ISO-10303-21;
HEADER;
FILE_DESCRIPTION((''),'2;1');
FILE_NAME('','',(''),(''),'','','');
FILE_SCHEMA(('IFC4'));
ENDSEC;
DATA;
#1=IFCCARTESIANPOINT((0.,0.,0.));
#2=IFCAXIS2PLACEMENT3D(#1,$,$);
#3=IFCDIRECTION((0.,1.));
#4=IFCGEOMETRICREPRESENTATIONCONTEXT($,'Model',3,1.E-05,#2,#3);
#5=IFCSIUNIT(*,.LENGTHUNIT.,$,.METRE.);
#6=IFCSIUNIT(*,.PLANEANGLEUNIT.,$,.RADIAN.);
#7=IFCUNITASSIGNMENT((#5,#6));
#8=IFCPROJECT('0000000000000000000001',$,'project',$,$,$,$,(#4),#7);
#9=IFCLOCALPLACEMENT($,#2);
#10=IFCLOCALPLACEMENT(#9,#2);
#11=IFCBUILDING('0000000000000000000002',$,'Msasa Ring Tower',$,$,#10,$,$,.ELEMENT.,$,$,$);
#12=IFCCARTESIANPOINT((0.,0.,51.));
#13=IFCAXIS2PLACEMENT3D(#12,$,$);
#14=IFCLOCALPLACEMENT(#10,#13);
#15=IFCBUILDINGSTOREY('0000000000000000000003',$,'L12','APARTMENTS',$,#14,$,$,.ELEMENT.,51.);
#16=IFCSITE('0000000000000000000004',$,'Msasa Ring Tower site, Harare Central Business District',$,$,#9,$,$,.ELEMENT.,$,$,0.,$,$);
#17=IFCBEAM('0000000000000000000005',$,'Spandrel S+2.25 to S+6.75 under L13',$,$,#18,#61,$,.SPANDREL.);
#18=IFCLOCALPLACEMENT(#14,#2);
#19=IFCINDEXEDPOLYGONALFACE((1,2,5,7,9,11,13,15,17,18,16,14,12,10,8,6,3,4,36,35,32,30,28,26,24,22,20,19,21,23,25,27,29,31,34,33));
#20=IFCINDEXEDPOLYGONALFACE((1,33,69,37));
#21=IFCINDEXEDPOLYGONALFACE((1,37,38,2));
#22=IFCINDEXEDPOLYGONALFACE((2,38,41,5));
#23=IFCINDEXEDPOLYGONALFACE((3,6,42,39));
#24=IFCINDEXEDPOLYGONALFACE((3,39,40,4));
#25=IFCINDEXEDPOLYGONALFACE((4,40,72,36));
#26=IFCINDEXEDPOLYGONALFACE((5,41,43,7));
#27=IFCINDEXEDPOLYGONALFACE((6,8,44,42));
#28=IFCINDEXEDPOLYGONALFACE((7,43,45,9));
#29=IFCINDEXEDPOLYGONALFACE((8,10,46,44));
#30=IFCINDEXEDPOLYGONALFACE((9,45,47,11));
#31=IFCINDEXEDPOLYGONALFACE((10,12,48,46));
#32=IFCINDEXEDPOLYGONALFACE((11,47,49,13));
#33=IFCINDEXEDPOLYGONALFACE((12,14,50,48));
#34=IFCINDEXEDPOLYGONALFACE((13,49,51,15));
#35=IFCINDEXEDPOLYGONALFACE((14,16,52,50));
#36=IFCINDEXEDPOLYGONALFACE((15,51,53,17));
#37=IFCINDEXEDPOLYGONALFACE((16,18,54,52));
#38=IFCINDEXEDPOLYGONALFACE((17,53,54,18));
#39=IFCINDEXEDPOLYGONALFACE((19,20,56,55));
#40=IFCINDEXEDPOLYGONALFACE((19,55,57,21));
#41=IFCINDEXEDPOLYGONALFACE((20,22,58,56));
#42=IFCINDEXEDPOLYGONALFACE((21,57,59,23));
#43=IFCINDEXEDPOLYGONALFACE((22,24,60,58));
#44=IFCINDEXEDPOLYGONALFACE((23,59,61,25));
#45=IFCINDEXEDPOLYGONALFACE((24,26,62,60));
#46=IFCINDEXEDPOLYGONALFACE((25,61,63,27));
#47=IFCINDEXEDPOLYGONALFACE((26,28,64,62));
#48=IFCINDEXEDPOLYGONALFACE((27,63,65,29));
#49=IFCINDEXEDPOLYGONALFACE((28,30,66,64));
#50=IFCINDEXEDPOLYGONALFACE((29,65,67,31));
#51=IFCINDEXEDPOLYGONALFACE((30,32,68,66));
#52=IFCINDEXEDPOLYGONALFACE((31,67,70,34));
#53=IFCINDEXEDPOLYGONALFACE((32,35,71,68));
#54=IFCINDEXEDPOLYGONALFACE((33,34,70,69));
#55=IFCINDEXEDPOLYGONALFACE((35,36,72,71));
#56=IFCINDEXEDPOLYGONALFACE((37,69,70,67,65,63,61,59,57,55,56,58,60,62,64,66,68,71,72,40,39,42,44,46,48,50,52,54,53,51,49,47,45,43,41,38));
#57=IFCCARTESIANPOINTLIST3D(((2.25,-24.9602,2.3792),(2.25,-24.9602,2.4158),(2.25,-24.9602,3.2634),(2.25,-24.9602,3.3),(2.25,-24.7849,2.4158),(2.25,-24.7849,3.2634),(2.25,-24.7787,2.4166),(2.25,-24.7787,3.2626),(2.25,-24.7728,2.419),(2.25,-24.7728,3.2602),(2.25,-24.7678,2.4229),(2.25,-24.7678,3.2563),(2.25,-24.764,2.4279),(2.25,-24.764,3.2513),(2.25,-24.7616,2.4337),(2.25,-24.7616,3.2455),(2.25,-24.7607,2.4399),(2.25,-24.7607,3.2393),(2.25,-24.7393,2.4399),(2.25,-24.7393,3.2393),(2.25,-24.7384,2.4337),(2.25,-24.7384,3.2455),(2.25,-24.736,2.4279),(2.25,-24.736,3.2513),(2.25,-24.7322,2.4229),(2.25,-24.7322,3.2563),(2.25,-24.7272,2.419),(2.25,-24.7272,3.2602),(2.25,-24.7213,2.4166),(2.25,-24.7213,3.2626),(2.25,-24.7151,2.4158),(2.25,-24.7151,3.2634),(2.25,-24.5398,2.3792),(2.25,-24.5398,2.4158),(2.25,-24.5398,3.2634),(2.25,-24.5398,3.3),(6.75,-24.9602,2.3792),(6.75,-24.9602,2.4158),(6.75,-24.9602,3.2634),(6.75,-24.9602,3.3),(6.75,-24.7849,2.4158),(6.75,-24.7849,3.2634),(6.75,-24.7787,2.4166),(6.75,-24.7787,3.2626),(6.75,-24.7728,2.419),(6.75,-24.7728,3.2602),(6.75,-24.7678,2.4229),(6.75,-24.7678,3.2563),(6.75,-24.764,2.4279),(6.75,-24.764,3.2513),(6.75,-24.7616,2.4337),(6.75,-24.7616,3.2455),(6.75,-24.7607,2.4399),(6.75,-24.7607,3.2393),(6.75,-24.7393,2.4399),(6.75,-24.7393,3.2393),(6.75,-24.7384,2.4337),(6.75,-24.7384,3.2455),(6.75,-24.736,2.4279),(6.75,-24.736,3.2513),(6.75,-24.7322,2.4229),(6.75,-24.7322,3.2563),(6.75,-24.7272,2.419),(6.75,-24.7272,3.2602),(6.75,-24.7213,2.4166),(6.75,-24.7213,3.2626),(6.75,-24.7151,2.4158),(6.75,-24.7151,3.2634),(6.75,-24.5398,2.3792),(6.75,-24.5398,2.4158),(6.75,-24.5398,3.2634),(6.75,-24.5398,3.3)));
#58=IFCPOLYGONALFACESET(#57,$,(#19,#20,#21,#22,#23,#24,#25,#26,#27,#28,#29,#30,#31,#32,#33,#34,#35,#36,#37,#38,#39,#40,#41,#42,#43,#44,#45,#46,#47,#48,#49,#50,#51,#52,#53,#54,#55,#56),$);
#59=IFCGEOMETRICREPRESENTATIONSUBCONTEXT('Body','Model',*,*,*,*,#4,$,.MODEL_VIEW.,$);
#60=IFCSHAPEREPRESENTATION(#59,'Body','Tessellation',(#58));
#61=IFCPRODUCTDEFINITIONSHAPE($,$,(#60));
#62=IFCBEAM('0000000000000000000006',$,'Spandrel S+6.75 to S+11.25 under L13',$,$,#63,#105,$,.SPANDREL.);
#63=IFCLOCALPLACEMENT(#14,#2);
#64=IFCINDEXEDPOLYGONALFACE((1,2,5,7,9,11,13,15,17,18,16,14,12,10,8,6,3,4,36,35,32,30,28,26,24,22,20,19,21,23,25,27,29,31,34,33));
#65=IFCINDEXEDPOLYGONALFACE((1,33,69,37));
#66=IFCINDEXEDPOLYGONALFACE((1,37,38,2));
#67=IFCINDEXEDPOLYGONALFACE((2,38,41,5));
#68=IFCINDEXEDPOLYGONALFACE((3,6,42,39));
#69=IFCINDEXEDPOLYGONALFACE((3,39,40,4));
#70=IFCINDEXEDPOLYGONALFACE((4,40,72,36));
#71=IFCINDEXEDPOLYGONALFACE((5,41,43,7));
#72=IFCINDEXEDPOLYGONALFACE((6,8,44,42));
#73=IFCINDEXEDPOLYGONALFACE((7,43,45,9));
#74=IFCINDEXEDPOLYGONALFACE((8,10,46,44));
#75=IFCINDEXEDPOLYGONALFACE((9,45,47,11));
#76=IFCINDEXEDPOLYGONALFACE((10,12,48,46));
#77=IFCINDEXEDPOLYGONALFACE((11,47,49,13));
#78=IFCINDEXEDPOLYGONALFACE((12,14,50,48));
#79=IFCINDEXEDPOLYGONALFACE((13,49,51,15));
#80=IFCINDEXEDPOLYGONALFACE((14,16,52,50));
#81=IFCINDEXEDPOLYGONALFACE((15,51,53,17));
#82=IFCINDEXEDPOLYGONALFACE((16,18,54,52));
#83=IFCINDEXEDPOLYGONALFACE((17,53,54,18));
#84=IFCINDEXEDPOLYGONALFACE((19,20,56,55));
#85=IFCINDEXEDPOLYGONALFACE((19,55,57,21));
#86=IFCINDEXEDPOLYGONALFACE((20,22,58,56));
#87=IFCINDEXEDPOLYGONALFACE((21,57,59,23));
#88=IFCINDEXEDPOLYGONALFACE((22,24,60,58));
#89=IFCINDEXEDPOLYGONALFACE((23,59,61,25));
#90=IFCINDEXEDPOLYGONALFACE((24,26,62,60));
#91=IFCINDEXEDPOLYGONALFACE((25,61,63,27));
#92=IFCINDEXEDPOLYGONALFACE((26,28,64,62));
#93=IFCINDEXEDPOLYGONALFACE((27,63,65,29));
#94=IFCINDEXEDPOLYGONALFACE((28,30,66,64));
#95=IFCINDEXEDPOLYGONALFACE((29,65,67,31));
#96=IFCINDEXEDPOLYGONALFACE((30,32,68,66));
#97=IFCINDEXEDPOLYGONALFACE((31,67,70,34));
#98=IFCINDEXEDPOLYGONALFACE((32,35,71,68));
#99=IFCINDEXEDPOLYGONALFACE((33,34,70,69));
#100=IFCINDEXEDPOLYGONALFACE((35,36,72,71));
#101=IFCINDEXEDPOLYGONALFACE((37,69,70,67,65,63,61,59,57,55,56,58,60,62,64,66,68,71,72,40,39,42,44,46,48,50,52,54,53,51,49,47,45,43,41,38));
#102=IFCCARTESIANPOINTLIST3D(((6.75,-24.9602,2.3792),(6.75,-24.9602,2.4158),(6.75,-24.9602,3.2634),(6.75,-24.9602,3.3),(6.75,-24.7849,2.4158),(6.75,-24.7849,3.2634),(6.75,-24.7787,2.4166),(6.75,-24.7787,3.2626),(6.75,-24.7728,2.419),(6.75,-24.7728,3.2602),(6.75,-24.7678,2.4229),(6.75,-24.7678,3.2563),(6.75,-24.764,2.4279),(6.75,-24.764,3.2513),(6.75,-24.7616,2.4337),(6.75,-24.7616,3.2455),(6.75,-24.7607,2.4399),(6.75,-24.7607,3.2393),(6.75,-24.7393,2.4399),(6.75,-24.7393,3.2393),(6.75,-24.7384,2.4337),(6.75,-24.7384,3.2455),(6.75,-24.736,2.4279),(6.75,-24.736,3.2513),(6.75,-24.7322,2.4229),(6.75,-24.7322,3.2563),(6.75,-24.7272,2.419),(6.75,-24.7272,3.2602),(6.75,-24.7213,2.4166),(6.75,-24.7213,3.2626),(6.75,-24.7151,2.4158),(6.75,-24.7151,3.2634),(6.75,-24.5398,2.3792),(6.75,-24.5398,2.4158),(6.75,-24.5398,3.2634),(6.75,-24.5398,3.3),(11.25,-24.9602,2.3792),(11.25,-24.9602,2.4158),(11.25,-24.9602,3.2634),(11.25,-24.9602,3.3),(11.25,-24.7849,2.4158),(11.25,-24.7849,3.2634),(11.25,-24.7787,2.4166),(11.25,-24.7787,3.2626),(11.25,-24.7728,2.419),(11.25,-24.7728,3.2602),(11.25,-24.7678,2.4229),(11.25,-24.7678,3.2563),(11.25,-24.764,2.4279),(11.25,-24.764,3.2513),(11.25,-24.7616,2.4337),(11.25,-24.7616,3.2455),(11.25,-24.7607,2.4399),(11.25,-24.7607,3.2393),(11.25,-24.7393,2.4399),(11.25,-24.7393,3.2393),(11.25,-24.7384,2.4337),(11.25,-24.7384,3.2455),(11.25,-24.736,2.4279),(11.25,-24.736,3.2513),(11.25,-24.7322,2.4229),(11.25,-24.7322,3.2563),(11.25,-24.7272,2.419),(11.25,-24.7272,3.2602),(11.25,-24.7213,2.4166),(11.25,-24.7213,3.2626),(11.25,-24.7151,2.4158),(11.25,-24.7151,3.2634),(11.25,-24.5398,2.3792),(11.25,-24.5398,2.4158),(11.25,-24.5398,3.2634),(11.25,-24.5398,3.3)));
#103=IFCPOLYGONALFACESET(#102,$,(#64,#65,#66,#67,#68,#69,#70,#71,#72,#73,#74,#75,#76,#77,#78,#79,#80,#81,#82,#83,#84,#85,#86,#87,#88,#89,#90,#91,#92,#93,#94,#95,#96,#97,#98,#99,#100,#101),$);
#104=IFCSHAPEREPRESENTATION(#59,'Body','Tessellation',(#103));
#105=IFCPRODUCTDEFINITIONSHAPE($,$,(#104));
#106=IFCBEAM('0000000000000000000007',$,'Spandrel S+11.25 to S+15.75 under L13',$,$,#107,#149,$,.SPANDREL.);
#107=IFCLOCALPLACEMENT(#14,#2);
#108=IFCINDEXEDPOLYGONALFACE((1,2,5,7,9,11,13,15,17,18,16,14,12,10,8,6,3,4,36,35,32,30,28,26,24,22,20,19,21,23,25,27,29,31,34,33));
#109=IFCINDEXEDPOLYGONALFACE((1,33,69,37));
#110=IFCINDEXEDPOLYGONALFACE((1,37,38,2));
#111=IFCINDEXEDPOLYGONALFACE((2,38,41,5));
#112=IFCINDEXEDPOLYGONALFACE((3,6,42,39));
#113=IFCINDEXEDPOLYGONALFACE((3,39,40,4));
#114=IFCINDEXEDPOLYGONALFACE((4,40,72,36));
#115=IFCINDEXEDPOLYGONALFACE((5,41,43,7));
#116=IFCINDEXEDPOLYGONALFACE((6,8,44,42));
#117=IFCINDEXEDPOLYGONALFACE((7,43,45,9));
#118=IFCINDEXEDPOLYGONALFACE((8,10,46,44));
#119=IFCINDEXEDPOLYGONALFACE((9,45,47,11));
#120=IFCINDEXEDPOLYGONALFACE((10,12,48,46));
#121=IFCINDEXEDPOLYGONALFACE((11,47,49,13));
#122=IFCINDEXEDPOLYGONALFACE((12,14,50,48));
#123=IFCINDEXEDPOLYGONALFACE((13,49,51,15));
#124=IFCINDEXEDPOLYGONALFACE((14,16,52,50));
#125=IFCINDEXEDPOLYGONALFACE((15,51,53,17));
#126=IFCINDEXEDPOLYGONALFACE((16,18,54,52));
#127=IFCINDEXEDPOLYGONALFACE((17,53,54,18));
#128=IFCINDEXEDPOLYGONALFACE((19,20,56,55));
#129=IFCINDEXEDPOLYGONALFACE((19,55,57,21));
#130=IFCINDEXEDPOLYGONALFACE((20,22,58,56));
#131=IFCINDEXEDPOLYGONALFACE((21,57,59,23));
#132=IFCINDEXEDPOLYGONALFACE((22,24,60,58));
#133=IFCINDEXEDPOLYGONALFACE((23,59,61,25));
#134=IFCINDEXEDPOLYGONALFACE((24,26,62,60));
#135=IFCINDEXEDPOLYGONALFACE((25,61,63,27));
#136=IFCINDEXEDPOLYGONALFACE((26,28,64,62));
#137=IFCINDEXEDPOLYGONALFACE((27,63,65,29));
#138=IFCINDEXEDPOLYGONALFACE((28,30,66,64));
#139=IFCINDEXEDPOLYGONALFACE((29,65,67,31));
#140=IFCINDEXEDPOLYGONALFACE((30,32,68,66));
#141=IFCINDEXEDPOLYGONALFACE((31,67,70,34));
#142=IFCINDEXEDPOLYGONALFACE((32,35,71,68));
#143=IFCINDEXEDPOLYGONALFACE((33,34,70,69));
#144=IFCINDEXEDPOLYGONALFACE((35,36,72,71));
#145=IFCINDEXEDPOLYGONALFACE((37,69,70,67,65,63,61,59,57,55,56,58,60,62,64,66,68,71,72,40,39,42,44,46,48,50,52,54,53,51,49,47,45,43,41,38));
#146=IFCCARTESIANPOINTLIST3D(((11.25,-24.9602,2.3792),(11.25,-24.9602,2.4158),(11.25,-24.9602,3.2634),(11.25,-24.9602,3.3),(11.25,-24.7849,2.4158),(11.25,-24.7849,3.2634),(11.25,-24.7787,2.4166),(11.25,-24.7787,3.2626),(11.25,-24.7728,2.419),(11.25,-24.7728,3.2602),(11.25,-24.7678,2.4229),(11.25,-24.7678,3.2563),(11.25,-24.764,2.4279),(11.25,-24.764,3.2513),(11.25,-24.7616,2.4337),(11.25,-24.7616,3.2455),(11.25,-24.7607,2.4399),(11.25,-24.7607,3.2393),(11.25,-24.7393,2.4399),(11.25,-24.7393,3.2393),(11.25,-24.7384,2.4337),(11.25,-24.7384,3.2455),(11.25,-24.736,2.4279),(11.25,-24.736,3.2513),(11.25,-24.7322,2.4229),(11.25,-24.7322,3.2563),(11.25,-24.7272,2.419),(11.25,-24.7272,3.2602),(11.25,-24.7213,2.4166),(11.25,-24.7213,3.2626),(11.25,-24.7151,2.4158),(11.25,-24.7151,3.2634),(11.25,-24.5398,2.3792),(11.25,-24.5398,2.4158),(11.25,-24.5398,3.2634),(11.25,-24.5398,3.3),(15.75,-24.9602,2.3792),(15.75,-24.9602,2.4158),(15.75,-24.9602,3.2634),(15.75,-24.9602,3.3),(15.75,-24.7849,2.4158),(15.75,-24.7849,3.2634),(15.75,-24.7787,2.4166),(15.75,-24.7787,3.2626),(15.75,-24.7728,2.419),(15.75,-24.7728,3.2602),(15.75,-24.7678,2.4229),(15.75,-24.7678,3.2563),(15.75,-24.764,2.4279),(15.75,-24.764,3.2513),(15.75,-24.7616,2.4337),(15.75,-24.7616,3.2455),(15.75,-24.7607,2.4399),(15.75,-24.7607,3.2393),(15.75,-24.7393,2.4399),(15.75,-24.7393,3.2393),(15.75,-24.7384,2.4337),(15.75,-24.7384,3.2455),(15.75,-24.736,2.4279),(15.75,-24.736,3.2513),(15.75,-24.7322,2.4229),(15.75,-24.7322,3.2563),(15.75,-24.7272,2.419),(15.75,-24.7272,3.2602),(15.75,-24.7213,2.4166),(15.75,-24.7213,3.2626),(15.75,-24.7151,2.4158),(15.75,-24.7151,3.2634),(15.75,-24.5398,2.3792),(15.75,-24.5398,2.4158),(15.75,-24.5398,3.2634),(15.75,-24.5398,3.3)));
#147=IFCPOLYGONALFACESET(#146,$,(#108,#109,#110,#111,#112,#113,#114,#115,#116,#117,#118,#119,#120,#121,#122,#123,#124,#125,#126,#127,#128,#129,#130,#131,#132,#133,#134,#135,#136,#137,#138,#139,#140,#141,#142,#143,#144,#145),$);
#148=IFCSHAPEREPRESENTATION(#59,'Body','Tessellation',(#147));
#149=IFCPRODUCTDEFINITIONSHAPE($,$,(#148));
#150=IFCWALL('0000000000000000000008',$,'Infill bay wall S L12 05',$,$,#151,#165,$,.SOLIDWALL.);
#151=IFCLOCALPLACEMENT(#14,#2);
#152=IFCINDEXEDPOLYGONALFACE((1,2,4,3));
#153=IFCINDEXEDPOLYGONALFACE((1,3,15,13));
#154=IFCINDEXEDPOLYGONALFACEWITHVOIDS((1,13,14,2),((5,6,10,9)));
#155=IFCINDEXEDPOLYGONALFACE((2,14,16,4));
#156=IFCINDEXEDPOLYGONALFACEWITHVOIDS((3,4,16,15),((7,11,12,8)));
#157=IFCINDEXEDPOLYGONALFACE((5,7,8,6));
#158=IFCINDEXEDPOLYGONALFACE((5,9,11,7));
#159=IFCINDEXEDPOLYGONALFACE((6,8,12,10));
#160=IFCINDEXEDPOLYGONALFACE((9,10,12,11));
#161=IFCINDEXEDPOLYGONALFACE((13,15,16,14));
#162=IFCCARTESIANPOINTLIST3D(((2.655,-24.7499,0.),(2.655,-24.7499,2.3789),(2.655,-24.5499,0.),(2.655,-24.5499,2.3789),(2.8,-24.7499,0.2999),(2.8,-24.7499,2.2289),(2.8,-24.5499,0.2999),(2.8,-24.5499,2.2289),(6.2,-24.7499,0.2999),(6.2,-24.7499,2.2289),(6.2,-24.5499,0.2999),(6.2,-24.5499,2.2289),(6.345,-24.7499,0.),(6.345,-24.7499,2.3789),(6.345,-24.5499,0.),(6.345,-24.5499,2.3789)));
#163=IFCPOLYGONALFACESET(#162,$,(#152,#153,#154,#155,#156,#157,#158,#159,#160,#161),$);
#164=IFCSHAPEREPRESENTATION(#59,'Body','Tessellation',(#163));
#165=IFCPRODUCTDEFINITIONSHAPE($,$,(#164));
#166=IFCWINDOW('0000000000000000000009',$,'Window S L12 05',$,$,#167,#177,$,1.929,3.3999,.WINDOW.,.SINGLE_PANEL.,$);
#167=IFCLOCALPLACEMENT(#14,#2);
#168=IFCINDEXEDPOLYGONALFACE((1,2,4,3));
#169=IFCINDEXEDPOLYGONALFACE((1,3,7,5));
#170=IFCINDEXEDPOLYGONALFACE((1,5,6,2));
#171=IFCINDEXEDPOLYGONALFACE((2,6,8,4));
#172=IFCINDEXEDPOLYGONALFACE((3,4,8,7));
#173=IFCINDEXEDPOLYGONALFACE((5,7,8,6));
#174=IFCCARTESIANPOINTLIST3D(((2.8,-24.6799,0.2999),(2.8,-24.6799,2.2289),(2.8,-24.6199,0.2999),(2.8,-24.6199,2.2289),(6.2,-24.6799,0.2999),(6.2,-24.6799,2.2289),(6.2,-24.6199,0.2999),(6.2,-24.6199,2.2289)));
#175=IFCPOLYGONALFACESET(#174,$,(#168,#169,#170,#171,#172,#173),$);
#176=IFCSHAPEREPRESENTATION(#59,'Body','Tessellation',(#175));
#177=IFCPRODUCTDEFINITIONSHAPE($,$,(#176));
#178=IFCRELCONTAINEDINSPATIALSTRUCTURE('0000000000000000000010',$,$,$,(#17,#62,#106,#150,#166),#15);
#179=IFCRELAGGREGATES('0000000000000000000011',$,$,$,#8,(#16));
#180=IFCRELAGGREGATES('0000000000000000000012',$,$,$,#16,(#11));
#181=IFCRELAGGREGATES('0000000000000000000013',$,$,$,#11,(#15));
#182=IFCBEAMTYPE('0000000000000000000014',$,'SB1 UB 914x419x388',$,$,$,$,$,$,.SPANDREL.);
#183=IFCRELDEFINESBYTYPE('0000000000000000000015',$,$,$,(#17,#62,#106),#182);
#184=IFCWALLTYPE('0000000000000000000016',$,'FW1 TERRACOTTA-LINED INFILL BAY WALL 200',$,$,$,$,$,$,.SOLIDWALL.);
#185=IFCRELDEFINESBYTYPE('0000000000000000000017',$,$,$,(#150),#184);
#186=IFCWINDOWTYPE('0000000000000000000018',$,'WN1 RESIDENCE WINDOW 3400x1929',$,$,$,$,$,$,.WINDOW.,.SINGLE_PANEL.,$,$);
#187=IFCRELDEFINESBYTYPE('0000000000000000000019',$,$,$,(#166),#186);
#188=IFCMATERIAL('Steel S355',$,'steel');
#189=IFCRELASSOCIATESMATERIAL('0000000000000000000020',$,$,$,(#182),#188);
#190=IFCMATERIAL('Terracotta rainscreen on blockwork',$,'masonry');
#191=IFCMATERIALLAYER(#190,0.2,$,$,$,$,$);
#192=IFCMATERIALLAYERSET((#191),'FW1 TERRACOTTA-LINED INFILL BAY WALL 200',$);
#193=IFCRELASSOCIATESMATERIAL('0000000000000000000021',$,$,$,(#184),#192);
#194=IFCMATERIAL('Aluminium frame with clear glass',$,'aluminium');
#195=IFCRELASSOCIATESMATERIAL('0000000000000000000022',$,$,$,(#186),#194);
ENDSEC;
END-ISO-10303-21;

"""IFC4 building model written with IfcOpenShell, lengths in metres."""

from ifc_helpers import new_model, si_unit, direction, frame, frame_2d, origin, origin_2d, place, context, subcontext, project, spatial, rectangle, i_section, extrude, material, layer, layer_set, material_profile, profile_set, type_object, element, fill, save


model = new_model("IFC4")

# Units and contexts
model_context = context("Model", 3, precision=1e-05, world=origin(), true_north=direction((0.0, 1.0)))
body_context = subcontext(model_context, "Body", "Model", "MODEL_VIEW")
ifc_project = project(units=[si_unit("LENGTHUNIT", "METRE"), si_unit("PLANEANGLEUNIT", "RADIAN")], contexts=[model_context])

# Site, building, storey
site_placement = place(None, origin())
site = spatial("IfcSite", under=ifc_project, at=site_placement, Name="Msasa Ring Tower site, Harare Central Business District", CompositionType="ELEMENT", RefElevation=0.0)
building_placement = place(site_placement, origin())
building = spatial("IfcBuilding", under=site, at=building_placement, Name="Msasa Ring Tower", CompositionType="ELEMENT")
storey_placement = place(building_placement, frame((0.0, 0.0, 51.0)))
storey = spatial("IfcBuildingStorey", under=building, at=storey_placement, Name="L12", Description="APARTMENTS", CompositionType="ELEMENT", Elevation=51.0)

# Beams
ifc_material_1 = material(Name="Steel S355", Category="steel")
ifc_material_profile_1 = material_profile(ifc_material_1, i_section(OverallWidth=0.4204, OverallDepth=0.9209, WebThickness=0.0215, FlangeThickness=0.0366, FilletRadius=0.0242, at=origin_2d()), Name="UB 914x419x388")
ifc_profile_set_1 = profile_set([ifc_material_profile_1], Name="Steel S355")
beam_type_1 = type_object("IfcBeamType", Name="SB1 UB 914x419x388", PredefinedType="SPANDREL", material=ifc_profile_set_1)
for number, where, z_axis, x_axis, name in (
    (1, (2.25, -24.75, 2.8396), (1.0, 0.0, 0.0), (0.0, 1.0, 0.0), "Spandrel S+2.25 to S+6.75 under L13"),
    (2, (6.75, -24.75, 2.8396), (1.0, 0.0, 0.0), (0.0, 1.0, 0.0), "Spandrel S+6.75 to S+11.25 under L13"),
    (3, (11.25, -24.75, 2.8396), (1.0, 0.0, 0.0), (0.0, 1.0, 0.0), "Spandrel S+11.25 to S+15.75 under L13"),
):
    element("IfcBeam", number, at=place(storey_placement, frame(where, z_axis=z_axis, x_axis=x_axis)), inside=storey, type_object=beam_type_1, Name=name, PredefinedType="SPANDREL", context=body_context, shape_type="SweptSolid", body=[
        extrude(i_section(OverallWidth=0.4204, OverallDepth=0.9209, WebThickness=0.0215, FlangeThickness=0.0366, FilletRadius=0.0242, at=origin_2d()), origin(), (0.0, 0.0, 1.0), 4.5),
    ])

# Wall, opening, window
ifc_material_2 = material(Name="Terracotta rainscreen on blockwork", Category="masonry")
ifc_layer_1 = layer(ifc_material_2, 0.2)
ifc_layer_set_1 = layer_set([ifc_layer_1], Name="FW1 TERRACOTTA-LINED INFILL BAY WALL 200")
wall_type_1 = type_object("IfcWallType", Name="FW1 TERRACOTTA-LINED INFILL BAY WALL 200", PredefinedType="SOLIDWALL", material=ifc_layer_set_1)
wall_1_placement = place(storey_placement, frame((2.655, -24.6499, 0.0), z_axis=(0.0, 0.0, 1.0), x_axis=(1.0, 0.0, 0.0)))
wall_1 = element("IfcWall", 4, at=wall_1_placement, inside=storey, type_object=wall_type_1, Name="Infill bay wall S L12 05", PredefinedType="SOLIDWALL", context=body_context, shape_type="SweptSolid", body=[
    extrude(rectangle(XDim=3.6899, YDim=0.2, at=frame_2d((1.845, 0.0))), origin(), (0.0, 0.0, 1.0), 2.3789),
])
opening_1_placement = place(wall_1_placement, frame((0.145, 0.0, 0.3)))
opening_1 = element("IfcOpeningElement", 5, at=opening_1_placement, cuts=wall_1, PredefinedType="OPENING", context=body_context, shape_type="SweptSolid", body=[
    extrude(rectangle(XDim=3.3999, YDim=1.929, at=frame_2d((1.7, 0.9644))), frame((0.0, 0.1099, 0.0), z_axis=(0.0, -1.0, 0.0), x_axis=(1.0, 0.0, 0.0)), (0.0, 0.0, 1.0), 0.22),
])
ifc_material_3 = material(Name="Aluminium frame with clear glass", Category="aluminium")
window_type = type_object("IfcWindowType", Name="WN1 RESIDENCE WINDOW 3400x1929", PartitioningType="SINGLE_PANEL", PredefinedType="WINDOW", material=ifc_material_3)
window_1_placement = place(opening_1_placement, origin())
window_1 = element("IfcWindow", 6, at=window_1_placement, inside=storey, type_object=window_type, Name="Window S L12 05", OverallHeight=1.929, OverallWidth=3.3999, PartitioningType="SINGLE_PANEL", PredefinedType="WINDOW", context=body_context, shape_type="SweptSolid", body=[
    extrude(rectangle(XDim=3.3999, YDim=1.929, at=frame_2d((1.7, 0.9644))), frame((0.0, 0.03, 0.0), z_axis=(0.0, -1.0, 0.0), x_axis=(1.0, 0.0, 0.0)), (0.0, 0.0, 1.0), 0.0601),
])
fill(opening_1, window_1)

save(model, "model.ifc")
